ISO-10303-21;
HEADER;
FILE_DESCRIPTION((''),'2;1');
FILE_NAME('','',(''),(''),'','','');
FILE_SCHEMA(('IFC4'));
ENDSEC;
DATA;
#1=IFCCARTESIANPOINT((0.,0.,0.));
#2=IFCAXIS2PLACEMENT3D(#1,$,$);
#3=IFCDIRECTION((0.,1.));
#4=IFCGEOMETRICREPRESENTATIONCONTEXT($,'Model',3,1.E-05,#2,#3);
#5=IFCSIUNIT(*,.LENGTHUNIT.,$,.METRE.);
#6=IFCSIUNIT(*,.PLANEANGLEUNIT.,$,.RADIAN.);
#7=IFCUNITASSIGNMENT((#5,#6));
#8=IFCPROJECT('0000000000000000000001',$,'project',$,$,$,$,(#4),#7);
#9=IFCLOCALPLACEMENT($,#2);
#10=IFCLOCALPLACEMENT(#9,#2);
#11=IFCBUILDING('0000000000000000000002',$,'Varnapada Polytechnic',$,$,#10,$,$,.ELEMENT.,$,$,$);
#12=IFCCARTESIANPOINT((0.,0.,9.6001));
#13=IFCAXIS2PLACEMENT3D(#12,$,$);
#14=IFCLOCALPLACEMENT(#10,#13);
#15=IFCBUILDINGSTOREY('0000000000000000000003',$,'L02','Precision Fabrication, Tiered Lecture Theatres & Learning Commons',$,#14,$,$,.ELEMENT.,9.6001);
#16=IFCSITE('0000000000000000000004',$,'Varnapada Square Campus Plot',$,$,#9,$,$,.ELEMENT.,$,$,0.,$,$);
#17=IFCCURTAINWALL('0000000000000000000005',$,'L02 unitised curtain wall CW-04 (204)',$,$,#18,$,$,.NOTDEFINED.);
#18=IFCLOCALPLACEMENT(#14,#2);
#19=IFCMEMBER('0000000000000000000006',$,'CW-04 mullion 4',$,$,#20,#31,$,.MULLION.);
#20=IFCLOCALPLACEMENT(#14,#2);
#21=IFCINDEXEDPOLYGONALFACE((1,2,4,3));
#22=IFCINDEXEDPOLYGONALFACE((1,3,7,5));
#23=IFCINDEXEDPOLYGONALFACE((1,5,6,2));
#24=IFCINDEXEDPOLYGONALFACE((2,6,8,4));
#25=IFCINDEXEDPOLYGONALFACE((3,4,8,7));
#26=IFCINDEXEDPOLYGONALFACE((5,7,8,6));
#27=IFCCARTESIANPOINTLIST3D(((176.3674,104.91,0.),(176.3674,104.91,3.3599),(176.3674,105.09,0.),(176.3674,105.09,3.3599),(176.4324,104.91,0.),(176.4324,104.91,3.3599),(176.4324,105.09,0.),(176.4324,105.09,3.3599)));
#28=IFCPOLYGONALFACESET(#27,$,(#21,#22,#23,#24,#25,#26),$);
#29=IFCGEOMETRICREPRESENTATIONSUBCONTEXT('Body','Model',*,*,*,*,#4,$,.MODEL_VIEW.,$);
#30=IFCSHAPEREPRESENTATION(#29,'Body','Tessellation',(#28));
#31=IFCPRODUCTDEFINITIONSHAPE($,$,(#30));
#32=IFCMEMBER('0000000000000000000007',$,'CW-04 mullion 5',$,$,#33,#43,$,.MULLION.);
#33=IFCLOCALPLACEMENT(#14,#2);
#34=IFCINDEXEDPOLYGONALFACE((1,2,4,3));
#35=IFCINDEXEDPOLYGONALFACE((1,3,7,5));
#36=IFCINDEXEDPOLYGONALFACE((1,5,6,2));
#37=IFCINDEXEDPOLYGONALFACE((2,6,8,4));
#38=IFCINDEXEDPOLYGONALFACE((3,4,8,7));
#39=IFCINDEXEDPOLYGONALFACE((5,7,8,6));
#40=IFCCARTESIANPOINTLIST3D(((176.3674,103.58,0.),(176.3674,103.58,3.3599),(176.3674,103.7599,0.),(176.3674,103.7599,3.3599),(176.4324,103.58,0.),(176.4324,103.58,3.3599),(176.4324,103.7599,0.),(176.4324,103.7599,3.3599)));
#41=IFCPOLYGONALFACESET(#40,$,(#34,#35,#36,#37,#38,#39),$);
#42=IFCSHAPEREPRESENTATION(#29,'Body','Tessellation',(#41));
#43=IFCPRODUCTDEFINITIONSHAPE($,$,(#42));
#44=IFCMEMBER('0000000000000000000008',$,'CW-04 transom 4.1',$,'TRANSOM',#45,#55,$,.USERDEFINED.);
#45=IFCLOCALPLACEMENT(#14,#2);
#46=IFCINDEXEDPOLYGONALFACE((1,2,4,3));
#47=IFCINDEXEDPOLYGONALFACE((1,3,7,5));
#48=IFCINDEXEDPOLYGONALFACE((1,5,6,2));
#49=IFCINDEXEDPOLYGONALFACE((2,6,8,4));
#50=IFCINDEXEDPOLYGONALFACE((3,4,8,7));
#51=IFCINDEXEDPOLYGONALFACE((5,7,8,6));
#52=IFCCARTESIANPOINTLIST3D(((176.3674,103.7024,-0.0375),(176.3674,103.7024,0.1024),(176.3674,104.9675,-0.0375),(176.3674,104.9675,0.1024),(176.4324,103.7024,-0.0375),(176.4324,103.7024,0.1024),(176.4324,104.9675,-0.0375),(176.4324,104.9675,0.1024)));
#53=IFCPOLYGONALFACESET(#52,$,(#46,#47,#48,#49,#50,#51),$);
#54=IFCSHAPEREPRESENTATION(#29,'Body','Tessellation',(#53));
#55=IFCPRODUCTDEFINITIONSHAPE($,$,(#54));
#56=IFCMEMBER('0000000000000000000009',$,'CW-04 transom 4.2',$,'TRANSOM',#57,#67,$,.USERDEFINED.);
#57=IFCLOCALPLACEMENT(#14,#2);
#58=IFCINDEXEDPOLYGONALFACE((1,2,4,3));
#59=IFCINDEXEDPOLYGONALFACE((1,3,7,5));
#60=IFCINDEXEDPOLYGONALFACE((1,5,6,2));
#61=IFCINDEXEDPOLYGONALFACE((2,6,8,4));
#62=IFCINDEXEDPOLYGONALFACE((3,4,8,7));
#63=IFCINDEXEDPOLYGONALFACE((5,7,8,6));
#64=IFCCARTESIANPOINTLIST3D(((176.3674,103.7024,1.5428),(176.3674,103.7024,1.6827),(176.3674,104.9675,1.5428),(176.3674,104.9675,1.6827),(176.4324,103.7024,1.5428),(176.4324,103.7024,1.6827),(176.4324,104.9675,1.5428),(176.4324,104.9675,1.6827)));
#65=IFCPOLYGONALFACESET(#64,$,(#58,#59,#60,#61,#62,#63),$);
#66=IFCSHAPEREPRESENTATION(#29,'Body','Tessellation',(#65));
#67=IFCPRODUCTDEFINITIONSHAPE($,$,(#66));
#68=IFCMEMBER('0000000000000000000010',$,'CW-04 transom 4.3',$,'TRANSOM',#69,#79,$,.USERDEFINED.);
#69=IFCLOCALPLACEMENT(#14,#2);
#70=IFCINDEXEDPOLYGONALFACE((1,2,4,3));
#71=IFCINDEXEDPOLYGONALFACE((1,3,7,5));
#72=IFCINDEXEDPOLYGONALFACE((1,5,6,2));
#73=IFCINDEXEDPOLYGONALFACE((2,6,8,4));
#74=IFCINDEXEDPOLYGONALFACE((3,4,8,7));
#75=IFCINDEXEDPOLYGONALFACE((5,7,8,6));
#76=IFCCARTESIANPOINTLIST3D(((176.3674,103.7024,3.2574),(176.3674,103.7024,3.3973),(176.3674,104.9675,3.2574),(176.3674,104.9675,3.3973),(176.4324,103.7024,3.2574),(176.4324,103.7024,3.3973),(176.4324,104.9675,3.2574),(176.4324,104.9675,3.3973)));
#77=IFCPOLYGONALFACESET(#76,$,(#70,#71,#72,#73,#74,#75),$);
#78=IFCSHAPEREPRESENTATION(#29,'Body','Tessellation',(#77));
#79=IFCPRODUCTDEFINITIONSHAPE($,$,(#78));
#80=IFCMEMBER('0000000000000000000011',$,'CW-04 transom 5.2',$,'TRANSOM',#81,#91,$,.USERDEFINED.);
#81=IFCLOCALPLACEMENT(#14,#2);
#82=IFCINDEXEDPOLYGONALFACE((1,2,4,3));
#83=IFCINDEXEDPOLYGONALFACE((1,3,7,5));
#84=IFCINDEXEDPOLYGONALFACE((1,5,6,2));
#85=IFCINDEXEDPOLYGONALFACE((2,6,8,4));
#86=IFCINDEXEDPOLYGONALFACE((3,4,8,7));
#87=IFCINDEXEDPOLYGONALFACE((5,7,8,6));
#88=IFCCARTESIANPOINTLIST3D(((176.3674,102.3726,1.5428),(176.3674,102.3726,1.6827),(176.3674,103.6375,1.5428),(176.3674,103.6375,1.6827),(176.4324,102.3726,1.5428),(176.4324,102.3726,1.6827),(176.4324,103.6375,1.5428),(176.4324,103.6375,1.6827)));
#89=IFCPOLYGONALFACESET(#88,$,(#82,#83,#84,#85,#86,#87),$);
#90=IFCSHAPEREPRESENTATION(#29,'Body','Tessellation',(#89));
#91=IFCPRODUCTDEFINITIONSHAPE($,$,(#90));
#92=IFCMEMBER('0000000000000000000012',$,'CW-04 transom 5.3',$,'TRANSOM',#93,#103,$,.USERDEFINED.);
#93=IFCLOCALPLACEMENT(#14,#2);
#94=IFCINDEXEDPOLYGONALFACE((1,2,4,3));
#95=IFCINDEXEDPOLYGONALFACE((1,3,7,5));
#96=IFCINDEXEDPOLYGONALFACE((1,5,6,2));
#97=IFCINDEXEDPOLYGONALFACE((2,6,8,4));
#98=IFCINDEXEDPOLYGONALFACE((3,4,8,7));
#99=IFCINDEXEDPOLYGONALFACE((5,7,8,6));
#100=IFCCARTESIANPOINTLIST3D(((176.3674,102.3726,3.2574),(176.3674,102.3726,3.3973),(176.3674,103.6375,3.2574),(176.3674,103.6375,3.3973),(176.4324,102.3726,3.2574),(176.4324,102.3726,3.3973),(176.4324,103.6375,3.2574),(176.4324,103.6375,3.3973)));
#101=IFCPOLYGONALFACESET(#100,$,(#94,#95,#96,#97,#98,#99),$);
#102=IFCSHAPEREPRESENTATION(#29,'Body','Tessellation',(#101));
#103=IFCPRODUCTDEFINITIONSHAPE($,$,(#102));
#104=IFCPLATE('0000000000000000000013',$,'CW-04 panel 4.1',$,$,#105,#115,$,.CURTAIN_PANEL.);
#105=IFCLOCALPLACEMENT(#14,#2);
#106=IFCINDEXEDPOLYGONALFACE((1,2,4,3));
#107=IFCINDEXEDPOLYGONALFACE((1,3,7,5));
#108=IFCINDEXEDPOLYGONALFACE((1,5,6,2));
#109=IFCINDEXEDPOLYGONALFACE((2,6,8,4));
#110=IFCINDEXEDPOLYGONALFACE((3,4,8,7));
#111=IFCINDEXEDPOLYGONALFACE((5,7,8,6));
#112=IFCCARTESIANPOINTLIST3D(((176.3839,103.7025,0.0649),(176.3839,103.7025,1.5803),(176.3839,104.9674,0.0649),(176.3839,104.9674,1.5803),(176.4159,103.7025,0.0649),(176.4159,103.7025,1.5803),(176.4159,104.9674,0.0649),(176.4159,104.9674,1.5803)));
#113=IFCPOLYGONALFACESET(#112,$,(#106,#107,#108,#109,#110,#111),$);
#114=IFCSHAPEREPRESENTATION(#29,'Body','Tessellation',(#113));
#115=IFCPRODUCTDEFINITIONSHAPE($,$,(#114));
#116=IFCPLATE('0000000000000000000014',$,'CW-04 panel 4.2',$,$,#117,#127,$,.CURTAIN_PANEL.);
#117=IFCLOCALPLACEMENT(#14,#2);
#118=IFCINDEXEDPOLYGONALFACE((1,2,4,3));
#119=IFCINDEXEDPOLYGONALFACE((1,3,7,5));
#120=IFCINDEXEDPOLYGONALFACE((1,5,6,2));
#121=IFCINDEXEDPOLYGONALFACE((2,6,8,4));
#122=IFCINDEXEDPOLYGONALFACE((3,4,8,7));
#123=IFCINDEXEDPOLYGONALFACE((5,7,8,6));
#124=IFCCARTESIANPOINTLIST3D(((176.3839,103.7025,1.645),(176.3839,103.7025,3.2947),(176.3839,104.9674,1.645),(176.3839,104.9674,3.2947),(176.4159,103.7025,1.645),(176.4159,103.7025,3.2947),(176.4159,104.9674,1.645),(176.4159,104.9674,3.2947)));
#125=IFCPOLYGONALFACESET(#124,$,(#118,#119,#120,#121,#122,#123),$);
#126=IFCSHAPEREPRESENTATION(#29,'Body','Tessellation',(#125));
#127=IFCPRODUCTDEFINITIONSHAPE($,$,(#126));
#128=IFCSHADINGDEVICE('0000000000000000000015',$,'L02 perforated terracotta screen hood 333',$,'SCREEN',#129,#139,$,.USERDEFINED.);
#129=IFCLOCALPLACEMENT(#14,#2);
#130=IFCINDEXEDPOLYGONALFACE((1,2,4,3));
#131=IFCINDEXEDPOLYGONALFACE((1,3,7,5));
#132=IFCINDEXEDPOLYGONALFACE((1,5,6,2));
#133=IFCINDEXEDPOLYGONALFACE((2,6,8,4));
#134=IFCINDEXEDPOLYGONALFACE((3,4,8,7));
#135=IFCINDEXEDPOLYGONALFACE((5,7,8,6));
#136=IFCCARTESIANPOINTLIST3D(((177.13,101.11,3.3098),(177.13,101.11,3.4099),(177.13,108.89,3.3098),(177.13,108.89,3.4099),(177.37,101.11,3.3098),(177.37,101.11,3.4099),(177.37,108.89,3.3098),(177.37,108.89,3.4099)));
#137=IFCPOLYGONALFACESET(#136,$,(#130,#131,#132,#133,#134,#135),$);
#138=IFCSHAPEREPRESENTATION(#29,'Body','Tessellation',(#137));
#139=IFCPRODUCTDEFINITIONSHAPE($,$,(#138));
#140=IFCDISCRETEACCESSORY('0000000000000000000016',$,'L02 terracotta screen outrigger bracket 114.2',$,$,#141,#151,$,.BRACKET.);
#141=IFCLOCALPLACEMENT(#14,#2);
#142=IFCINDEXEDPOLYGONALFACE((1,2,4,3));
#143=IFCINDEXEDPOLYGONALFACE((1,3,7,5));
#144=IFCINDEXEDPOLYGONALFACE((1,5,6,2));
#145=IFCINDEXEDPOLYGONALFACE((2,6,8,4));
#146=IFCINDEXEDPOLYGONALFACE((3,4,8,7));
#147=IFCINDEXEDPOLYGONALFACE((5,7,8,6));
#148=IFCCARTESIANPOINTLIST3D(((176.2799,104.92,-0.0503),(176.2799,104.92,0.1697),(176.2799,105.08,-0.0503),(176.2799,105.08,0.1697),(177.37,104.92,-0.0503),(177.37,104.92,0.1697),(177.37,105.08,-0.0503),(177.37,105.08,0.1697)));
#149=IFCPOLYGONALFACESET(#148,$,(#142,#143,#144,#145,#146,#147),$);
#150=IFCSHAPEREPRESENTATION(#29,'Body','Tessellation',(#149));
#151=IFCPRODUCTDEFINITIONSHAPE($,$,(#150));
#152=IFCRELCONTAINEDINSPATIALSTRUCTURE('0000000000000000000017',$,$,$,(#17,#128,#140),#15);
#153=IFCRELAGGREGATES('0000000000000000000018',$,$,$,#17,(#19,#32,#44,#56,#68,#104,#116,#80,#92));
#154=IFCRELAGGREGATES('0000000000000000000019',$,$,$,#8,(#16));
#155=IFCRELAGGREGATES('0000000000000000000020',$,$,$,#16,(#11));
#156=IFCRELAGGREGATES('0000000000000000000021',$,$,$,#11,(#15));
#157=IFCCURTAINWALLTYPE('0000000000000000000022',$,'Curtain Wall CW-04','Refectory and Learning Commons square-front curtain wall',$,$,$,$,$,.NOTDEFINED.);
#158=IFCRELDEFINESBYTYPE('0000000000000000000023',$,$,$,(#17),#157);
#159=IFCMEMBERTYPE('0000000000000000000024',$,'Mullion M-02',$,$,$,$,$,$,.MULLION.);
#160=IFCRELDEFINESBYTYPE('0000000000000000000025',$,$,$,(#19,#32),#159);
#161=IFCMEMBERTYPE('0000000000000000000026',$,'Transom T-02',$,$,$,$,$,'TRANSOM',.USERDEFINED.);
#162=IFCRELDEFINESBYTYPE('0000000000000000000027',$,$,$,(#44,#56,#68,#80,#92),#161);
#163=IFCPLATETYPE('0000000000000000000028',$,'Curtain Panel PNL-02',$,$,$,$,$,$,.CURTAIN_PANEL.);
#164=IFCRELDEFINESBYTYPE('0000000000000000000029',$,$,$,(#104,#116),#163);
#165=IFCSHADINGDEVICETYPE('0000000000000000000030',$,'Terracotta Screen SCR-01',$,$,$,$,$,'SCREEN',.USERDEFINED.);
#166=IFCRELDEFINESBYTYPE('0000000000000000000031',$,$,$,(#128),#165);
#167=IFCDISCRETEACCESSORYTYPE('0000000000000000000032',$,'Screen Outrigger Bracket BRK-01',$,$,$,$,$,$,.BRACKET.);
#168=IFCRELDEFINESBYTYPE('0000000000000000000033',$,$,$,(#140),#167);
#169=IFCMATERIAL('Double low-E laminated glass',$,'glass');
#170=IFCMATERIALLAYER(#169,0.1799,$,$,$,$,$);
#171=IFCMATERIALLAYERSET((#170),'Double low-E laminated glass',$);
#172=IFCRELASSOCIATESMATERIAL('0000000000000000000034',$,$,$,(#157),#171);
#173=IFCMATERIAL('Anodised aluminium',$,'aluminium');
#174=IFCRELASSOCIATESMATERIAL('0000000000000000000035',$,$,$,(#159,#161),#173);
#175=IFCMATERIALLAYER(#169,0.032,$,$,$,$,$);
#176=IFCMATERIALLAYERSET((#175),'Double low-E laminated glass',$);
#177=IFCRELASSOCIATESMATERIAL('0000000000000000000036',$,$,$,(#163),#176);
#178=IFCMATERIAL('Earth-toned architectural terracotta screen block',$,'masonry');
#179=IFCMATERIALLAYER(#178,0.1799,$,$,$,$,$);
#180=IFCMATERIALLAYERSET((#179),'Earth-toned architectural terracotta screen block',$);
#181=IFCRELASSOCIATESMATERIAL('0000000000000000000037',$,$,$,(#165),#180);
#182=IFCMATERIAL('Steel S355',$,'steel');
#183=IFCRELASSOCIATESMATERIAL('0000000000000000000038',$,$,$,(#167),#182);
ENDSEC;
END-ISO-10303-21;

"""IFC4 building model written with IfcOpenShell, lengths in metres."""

from ifc_helpers import new_model, si_unit, direction, frame, origin, origin_2d, place, context, subcontext, project, spatial, rectangle, extrude, material, layer, layer_set, material_profile, profile_set, type_object, element, aggregate, save


model = new_model("IFC4")

# Units and contexts
model_context = context("Model", 3, precision=1e-05, world=origin(), true_north=direction((0.0, 1.0)))
body_context = subcontext(model_context, "Body", "Model", "MODEL_VIEW")
ifc_project = project(units=[si_unit("LENGTHUNIT", "METRE"), si_unit("PLANEANGLEUNIT", "RADIAN")], contexts=[model_context])

# Site, building, storey
site_placement = place(None, origin())
site = spatial("IfcSite", under=ifc_project, at=site_placement, Name="Varnapada Square Campus Plot", CompositionType="ELEMENT", RefElevation=0.0)
building_placement = place(site_placement, origin())
building = spatial("IfcBuilding", under=site, at=building_placement, Name="Varnapada Polytechnic", CompositionType="ELEMENT")
storey_placement = place(building_placement, frame((0.0, 0.0, 9.6001)))
storey = spatial("IfcBuildingStorey", under=building, at=storey_placement, Name="L02", Description="Precision Fabrication, Tiered Lecture Theatres & Learning Commons", CompositionType="ELEMENT", Elevation=9.6001)

# Curtain wall, members, plates
ifc_material_1 = material(Name="Double low-E laminated glass", Category="glass")
ifc_layer_1 = layer(ifc_material_1, 0.1799)
ifc_layer_set_1 = layer_set([ifc_layer_1], Name="Double low-E laminated glass")
curtain_wall_type = type_object("IfcCurtainWallType", Name="Curtain Wall CW-04", Description="Refectory and Learning Commons square-front curtain wall", PredefinedType="NOTDEFINED", material=ifc_layer_set_1)
curtain_wall_placement = place(storey_placement, origin())
curtain_wall = element("IfcCurtainWall", 1, at=curtain_wall_placement, inside=storey, type_object=curtain_wall_type, Name="L02 unitised curtain wall CW-04 (204)", PredefinedType="NOTDEFINED")
ifc_material_2 = material(Name="Anodised aluminium", Category="aluminium")
ifc_material_profile_1 = material_profile(ifc_material_2, rectangle(XDim=0.0649, YDim=0.1799, at=origin_2d()), Name="ALU M65x180")
ifc_profile_set_1 = profile_set([ifc_material_profile_1], Name="Anodised aluminium")
member_type_1 = type_object("IfcMemberType", Name="Mullion M-02", PredefinedType="MULLION", material=ifc_profile_set_1)
member_1_placement = place(storey_placement, frame((176.3999, 105.0, 0.0), z_axis=(0.0, 0.0, 1.0), x_axis=(1.0, 0.0, 0.0)))
member_1 = element("IfcMember", 2, at=member_1_placement, type_object=member_type_1, Name="CW-04 mullion 4", PredefinedType="MULLION", context=body_context, shape_type="SweptSolid", body=[
    extrude(rectangle(XDim=0.0649, YDim=0.1799, at=origin_2d()), origin(), (0.0, 0.0, 1.0), 3.3599),
])
member_2_placement = place(storey_placement, frame((176.3999, 103.6699, 0.0), z_axis=(0.0, 0.0, 1.0), x_axis=(1.0, 0.0, 0.0)))
member_2 = element("IfcMember", 3, at=member_2_placement, type_object=member_type_1, Name="CW-04 mullion 5", PredefinedType="MULLION", context=body_context, shape_type="SweptSolid", body=[
    extrude(rectangle(XDim=0.0649, YDim=0.1799, at=origin_2d()), origin(), (0.0, 0.0, 1.0), 3.3599),
])
ifc_material_profile_2 = material_profile(ifc_material_2, rectangle(XDim=0.0649, YDim=0.1399, at=origin_2d()), Name="ALU T65x140")
ifc_profile_set_2 = profile_set([ifc_material_profile_2], Name="Anodised aluminium")
member_type_2 = type_object("IfcMemberType", Name="Transom T-02", ElementType="TRANSOM", PredefinedType="USERDEFINED", material=ifc_profile_set_2)
member_3_placement = place(storey_placement, frame((176.3999, 104.9675, 0.0325), z_axis=(0.0, -1.0, 0.0), x_axis=(1.0, 0.0, 0.0)))
member_3 = element("IfcMember", 4, at=member_3_placement, type_object=member_type_2, Name="CW-04 transom 4.1", ObjectType="TRANSOM", PredefinedType="USERDEFINED", context=body_context, shape_type="SweptSolid", body=[
    extrude(rectangle(XDim=0.0649, YDim=0.1399, at=origin_2d()), origin(), (0.0, 0.0, 1.0), 1.2651),
])
member_4_placement = place(storey_placement, frame((176.3999, 104.9675, 1.6128), z_axis=(0.0, -1.0, 0.0), x_axis=(1.0, 0.0, 0.0)))
member_4 = element("IfcMember", 5, at=member_4_placement, type_object=member_type_2, Name="CW-04 transom 4.2", ObjectType="TRANSOM", PredefinedType="USERDEFINED", context=body_context, shape_type="SweptSolid", body=[
    extrude(rectangle(XDim=0.0649, YDim=0.1399, at=origin_2d()), origin(), (0.0, 0.0, 1.0), 1.2651),
])
member_5_placement = place(storey_placement, frame((176.3999, 104.9675, 3.3274), z_axis=(0.0, -1.0, 0.0), x_axis=(1.0, 0.0, 0.0)))
member_5 = element("IfcMember", 6, at=member_5_placement, type_object=member_type_2, Name="CW-04 transom 4.3", ObjectType="TRANSOM", PredefinedType="USERDEFINED", context=body_context, shape_type="SweptSolid", body=[
    extrude(rectangle(XDim=0.0649, YDim=0.1399, at=origin_2d()), origin(), (0.0, 0.0, 1.0), 1.2651),
])
member_6_placement = place(storey_placement, frame((176.3999, 103.6375, 1.6128), z_axis=(0.0, -1.0, 0.0), x_axis=(1.0, 0.0, 0.0)))
member_6 = element("IfcMember", 7, at=member_6_placement, type_object=member_type_2, Name="CW-04 transom 5.2", ObjectType="TRANSOM", PredefinedType="USERDEFINED", context=body_context, shape_type="SweptSolid", body=[
    extrude(rectangle(XDim=0.0649, YDim=0.1399, at=origin_2d()), origin(), (0.0, 0.0, 1.0), 1.2649),
])
member_7_placement = place(storey_placement, frame((176.3999, 103.6375, 3.3274), z_axis=(0.0, -1.0, 0.0), x_axis=(1.0, 0.0, 0.0)))
member_7 = element("IfcMember", 8, at=member_7_placement, type_object=member_type_2, Name="CW-04 transom 5.3", ObjectType="TRANSOM", PredefinedType="USERDEFINED", context=body_context, shape_type="SweptSolid", body=[
    extrude(rectangle(XDim=0.0649, YDim=0.1399, at=origin_2d()), origin(), (0.0, 0.0, 1.0), 1.2649),
])
ifc_layer_2 = layer(ifc_material_1, 0.032)
ifc_layer_set_2 = layer_set([ifc_layer_2], Name="Double low-E laminated glass")
plate_type = type_object("IfcPlateType", Name="Curtain Panel PNL-02", PredefinedType="CURTAIN_PANEL", material=ifc_layer_set_2)
plate_1_placement = place(storey_placement, frame((176.3999, 104.335, 0.0649), z_axis=(0.0, 0.0, 1.0), x_axis=(0.0, -1.0, 0.0)))
plate_1 = element("IfcPlate", 9, at=plate_1_placement, type_object=plate_type, Name="CW-04 panel 4.1", PredefinedType="CURTAIN_PANEL", context=body_context, shape_type="SweptSolid", body=[
    extrude(rectangle(XDim=1.2649, YDim=0.032, at=origin_2d()), origin(), (0.0, 0.0, 1.0), 1.5154),
])
plate_2_placement = place(storey_placement, frame((176.3999, 104.335, 1.645), z_axis=(0.0, 0.0, 1.0), x_axis=(0.0, -1.0, 0.0)))
plate_2 = element("IfcPlate", 10, at=plate_2_placement, type_object=plate_type, Name="CW-04 panel 4.2", PredefinedType="CURTAIN_PANEL", context=body_context, shape_type="SweptSolid", body=[
    extrude(rectangle(XDim=1.2649, YDim=0.032, at=origin_2d()), origin(), (0.0, 0.0, 1.0), 1.6497),
])
aggregate(curtain_wall, [member_1, member_2, member_3, member_4, member_5, plate_1, plate_2, member_6, member_7])

# Shading device
ifc_material_3 = material(Name="Earth-toned architectural terracotta screen block", Category="masonry")
ifc_layer_3 = layer(ifc_material_3, 0.1799)
ifc_layer_set_3 = layer_set([ifc_layer_3], Name="Earth-toned architectural terracotta screen block")
shading_device_type = type_object("IfcShadingDeviceType", Name="Terracotta Screen SCR-01", ElementType="SCREEN", PredefinedType="USERDEFINED", material=ifc_layer_set_3)
shading_device_placement = place(storey_placement, frame((177.25, 105.0, 3.3098), z_axis=(0.0, 0.0, 1.0), x_axis=(0.0, -1.0, 0.0)))
element("IfcShadingDevice", 11, at=shading_device_placement, inside=storey, type_object=shading_device_type, Name="L02 perforated terracotta screen hood 333", ObjectType="SCREEN", PredefinedType="USERDEFINED", context=body_context, shape_type="SweptSolid", body=[
    extrude(rectangle(XDim=7.78, YDim=0.24, at=origin_2d()), origin(), (0.0, 0.0, 1.0), 0.1001),
])

# Discrete accessory
ifc_material_4 = material(Name="Steel S355", Category="steel")
discrete_accessory_type = type_object("IfcDiscreteAccessoryType", Name="Screen Outrigger Bracket BRK-01", PredefinedType="BRACKET", material=ifc_material_4)
discrete_accessory_placement = place(storey_placement, frame((176.825, 105.0, -0.0503), z_axis=(0.0, 0.0, 1.0), x_axis=(0.0, -1.0, 0.0)))
element("IfcDiscreteAccessory", 12, at=discrete_accessory_placement, inside=storey, type_object=discrete_accessory_type, Name="L02 terracotta screen outrigger bracket 114.2", PredefinedType="BRACKET", context=body_context, shape_type="SweptSolid", body=[
    extrude(rectangle(XDim=0.1599, YDim=1.0901, at=origin_2d()), origin(), (0.0, 0.0, 1.0), 0.22),
])

save(model, "model.ifc")
